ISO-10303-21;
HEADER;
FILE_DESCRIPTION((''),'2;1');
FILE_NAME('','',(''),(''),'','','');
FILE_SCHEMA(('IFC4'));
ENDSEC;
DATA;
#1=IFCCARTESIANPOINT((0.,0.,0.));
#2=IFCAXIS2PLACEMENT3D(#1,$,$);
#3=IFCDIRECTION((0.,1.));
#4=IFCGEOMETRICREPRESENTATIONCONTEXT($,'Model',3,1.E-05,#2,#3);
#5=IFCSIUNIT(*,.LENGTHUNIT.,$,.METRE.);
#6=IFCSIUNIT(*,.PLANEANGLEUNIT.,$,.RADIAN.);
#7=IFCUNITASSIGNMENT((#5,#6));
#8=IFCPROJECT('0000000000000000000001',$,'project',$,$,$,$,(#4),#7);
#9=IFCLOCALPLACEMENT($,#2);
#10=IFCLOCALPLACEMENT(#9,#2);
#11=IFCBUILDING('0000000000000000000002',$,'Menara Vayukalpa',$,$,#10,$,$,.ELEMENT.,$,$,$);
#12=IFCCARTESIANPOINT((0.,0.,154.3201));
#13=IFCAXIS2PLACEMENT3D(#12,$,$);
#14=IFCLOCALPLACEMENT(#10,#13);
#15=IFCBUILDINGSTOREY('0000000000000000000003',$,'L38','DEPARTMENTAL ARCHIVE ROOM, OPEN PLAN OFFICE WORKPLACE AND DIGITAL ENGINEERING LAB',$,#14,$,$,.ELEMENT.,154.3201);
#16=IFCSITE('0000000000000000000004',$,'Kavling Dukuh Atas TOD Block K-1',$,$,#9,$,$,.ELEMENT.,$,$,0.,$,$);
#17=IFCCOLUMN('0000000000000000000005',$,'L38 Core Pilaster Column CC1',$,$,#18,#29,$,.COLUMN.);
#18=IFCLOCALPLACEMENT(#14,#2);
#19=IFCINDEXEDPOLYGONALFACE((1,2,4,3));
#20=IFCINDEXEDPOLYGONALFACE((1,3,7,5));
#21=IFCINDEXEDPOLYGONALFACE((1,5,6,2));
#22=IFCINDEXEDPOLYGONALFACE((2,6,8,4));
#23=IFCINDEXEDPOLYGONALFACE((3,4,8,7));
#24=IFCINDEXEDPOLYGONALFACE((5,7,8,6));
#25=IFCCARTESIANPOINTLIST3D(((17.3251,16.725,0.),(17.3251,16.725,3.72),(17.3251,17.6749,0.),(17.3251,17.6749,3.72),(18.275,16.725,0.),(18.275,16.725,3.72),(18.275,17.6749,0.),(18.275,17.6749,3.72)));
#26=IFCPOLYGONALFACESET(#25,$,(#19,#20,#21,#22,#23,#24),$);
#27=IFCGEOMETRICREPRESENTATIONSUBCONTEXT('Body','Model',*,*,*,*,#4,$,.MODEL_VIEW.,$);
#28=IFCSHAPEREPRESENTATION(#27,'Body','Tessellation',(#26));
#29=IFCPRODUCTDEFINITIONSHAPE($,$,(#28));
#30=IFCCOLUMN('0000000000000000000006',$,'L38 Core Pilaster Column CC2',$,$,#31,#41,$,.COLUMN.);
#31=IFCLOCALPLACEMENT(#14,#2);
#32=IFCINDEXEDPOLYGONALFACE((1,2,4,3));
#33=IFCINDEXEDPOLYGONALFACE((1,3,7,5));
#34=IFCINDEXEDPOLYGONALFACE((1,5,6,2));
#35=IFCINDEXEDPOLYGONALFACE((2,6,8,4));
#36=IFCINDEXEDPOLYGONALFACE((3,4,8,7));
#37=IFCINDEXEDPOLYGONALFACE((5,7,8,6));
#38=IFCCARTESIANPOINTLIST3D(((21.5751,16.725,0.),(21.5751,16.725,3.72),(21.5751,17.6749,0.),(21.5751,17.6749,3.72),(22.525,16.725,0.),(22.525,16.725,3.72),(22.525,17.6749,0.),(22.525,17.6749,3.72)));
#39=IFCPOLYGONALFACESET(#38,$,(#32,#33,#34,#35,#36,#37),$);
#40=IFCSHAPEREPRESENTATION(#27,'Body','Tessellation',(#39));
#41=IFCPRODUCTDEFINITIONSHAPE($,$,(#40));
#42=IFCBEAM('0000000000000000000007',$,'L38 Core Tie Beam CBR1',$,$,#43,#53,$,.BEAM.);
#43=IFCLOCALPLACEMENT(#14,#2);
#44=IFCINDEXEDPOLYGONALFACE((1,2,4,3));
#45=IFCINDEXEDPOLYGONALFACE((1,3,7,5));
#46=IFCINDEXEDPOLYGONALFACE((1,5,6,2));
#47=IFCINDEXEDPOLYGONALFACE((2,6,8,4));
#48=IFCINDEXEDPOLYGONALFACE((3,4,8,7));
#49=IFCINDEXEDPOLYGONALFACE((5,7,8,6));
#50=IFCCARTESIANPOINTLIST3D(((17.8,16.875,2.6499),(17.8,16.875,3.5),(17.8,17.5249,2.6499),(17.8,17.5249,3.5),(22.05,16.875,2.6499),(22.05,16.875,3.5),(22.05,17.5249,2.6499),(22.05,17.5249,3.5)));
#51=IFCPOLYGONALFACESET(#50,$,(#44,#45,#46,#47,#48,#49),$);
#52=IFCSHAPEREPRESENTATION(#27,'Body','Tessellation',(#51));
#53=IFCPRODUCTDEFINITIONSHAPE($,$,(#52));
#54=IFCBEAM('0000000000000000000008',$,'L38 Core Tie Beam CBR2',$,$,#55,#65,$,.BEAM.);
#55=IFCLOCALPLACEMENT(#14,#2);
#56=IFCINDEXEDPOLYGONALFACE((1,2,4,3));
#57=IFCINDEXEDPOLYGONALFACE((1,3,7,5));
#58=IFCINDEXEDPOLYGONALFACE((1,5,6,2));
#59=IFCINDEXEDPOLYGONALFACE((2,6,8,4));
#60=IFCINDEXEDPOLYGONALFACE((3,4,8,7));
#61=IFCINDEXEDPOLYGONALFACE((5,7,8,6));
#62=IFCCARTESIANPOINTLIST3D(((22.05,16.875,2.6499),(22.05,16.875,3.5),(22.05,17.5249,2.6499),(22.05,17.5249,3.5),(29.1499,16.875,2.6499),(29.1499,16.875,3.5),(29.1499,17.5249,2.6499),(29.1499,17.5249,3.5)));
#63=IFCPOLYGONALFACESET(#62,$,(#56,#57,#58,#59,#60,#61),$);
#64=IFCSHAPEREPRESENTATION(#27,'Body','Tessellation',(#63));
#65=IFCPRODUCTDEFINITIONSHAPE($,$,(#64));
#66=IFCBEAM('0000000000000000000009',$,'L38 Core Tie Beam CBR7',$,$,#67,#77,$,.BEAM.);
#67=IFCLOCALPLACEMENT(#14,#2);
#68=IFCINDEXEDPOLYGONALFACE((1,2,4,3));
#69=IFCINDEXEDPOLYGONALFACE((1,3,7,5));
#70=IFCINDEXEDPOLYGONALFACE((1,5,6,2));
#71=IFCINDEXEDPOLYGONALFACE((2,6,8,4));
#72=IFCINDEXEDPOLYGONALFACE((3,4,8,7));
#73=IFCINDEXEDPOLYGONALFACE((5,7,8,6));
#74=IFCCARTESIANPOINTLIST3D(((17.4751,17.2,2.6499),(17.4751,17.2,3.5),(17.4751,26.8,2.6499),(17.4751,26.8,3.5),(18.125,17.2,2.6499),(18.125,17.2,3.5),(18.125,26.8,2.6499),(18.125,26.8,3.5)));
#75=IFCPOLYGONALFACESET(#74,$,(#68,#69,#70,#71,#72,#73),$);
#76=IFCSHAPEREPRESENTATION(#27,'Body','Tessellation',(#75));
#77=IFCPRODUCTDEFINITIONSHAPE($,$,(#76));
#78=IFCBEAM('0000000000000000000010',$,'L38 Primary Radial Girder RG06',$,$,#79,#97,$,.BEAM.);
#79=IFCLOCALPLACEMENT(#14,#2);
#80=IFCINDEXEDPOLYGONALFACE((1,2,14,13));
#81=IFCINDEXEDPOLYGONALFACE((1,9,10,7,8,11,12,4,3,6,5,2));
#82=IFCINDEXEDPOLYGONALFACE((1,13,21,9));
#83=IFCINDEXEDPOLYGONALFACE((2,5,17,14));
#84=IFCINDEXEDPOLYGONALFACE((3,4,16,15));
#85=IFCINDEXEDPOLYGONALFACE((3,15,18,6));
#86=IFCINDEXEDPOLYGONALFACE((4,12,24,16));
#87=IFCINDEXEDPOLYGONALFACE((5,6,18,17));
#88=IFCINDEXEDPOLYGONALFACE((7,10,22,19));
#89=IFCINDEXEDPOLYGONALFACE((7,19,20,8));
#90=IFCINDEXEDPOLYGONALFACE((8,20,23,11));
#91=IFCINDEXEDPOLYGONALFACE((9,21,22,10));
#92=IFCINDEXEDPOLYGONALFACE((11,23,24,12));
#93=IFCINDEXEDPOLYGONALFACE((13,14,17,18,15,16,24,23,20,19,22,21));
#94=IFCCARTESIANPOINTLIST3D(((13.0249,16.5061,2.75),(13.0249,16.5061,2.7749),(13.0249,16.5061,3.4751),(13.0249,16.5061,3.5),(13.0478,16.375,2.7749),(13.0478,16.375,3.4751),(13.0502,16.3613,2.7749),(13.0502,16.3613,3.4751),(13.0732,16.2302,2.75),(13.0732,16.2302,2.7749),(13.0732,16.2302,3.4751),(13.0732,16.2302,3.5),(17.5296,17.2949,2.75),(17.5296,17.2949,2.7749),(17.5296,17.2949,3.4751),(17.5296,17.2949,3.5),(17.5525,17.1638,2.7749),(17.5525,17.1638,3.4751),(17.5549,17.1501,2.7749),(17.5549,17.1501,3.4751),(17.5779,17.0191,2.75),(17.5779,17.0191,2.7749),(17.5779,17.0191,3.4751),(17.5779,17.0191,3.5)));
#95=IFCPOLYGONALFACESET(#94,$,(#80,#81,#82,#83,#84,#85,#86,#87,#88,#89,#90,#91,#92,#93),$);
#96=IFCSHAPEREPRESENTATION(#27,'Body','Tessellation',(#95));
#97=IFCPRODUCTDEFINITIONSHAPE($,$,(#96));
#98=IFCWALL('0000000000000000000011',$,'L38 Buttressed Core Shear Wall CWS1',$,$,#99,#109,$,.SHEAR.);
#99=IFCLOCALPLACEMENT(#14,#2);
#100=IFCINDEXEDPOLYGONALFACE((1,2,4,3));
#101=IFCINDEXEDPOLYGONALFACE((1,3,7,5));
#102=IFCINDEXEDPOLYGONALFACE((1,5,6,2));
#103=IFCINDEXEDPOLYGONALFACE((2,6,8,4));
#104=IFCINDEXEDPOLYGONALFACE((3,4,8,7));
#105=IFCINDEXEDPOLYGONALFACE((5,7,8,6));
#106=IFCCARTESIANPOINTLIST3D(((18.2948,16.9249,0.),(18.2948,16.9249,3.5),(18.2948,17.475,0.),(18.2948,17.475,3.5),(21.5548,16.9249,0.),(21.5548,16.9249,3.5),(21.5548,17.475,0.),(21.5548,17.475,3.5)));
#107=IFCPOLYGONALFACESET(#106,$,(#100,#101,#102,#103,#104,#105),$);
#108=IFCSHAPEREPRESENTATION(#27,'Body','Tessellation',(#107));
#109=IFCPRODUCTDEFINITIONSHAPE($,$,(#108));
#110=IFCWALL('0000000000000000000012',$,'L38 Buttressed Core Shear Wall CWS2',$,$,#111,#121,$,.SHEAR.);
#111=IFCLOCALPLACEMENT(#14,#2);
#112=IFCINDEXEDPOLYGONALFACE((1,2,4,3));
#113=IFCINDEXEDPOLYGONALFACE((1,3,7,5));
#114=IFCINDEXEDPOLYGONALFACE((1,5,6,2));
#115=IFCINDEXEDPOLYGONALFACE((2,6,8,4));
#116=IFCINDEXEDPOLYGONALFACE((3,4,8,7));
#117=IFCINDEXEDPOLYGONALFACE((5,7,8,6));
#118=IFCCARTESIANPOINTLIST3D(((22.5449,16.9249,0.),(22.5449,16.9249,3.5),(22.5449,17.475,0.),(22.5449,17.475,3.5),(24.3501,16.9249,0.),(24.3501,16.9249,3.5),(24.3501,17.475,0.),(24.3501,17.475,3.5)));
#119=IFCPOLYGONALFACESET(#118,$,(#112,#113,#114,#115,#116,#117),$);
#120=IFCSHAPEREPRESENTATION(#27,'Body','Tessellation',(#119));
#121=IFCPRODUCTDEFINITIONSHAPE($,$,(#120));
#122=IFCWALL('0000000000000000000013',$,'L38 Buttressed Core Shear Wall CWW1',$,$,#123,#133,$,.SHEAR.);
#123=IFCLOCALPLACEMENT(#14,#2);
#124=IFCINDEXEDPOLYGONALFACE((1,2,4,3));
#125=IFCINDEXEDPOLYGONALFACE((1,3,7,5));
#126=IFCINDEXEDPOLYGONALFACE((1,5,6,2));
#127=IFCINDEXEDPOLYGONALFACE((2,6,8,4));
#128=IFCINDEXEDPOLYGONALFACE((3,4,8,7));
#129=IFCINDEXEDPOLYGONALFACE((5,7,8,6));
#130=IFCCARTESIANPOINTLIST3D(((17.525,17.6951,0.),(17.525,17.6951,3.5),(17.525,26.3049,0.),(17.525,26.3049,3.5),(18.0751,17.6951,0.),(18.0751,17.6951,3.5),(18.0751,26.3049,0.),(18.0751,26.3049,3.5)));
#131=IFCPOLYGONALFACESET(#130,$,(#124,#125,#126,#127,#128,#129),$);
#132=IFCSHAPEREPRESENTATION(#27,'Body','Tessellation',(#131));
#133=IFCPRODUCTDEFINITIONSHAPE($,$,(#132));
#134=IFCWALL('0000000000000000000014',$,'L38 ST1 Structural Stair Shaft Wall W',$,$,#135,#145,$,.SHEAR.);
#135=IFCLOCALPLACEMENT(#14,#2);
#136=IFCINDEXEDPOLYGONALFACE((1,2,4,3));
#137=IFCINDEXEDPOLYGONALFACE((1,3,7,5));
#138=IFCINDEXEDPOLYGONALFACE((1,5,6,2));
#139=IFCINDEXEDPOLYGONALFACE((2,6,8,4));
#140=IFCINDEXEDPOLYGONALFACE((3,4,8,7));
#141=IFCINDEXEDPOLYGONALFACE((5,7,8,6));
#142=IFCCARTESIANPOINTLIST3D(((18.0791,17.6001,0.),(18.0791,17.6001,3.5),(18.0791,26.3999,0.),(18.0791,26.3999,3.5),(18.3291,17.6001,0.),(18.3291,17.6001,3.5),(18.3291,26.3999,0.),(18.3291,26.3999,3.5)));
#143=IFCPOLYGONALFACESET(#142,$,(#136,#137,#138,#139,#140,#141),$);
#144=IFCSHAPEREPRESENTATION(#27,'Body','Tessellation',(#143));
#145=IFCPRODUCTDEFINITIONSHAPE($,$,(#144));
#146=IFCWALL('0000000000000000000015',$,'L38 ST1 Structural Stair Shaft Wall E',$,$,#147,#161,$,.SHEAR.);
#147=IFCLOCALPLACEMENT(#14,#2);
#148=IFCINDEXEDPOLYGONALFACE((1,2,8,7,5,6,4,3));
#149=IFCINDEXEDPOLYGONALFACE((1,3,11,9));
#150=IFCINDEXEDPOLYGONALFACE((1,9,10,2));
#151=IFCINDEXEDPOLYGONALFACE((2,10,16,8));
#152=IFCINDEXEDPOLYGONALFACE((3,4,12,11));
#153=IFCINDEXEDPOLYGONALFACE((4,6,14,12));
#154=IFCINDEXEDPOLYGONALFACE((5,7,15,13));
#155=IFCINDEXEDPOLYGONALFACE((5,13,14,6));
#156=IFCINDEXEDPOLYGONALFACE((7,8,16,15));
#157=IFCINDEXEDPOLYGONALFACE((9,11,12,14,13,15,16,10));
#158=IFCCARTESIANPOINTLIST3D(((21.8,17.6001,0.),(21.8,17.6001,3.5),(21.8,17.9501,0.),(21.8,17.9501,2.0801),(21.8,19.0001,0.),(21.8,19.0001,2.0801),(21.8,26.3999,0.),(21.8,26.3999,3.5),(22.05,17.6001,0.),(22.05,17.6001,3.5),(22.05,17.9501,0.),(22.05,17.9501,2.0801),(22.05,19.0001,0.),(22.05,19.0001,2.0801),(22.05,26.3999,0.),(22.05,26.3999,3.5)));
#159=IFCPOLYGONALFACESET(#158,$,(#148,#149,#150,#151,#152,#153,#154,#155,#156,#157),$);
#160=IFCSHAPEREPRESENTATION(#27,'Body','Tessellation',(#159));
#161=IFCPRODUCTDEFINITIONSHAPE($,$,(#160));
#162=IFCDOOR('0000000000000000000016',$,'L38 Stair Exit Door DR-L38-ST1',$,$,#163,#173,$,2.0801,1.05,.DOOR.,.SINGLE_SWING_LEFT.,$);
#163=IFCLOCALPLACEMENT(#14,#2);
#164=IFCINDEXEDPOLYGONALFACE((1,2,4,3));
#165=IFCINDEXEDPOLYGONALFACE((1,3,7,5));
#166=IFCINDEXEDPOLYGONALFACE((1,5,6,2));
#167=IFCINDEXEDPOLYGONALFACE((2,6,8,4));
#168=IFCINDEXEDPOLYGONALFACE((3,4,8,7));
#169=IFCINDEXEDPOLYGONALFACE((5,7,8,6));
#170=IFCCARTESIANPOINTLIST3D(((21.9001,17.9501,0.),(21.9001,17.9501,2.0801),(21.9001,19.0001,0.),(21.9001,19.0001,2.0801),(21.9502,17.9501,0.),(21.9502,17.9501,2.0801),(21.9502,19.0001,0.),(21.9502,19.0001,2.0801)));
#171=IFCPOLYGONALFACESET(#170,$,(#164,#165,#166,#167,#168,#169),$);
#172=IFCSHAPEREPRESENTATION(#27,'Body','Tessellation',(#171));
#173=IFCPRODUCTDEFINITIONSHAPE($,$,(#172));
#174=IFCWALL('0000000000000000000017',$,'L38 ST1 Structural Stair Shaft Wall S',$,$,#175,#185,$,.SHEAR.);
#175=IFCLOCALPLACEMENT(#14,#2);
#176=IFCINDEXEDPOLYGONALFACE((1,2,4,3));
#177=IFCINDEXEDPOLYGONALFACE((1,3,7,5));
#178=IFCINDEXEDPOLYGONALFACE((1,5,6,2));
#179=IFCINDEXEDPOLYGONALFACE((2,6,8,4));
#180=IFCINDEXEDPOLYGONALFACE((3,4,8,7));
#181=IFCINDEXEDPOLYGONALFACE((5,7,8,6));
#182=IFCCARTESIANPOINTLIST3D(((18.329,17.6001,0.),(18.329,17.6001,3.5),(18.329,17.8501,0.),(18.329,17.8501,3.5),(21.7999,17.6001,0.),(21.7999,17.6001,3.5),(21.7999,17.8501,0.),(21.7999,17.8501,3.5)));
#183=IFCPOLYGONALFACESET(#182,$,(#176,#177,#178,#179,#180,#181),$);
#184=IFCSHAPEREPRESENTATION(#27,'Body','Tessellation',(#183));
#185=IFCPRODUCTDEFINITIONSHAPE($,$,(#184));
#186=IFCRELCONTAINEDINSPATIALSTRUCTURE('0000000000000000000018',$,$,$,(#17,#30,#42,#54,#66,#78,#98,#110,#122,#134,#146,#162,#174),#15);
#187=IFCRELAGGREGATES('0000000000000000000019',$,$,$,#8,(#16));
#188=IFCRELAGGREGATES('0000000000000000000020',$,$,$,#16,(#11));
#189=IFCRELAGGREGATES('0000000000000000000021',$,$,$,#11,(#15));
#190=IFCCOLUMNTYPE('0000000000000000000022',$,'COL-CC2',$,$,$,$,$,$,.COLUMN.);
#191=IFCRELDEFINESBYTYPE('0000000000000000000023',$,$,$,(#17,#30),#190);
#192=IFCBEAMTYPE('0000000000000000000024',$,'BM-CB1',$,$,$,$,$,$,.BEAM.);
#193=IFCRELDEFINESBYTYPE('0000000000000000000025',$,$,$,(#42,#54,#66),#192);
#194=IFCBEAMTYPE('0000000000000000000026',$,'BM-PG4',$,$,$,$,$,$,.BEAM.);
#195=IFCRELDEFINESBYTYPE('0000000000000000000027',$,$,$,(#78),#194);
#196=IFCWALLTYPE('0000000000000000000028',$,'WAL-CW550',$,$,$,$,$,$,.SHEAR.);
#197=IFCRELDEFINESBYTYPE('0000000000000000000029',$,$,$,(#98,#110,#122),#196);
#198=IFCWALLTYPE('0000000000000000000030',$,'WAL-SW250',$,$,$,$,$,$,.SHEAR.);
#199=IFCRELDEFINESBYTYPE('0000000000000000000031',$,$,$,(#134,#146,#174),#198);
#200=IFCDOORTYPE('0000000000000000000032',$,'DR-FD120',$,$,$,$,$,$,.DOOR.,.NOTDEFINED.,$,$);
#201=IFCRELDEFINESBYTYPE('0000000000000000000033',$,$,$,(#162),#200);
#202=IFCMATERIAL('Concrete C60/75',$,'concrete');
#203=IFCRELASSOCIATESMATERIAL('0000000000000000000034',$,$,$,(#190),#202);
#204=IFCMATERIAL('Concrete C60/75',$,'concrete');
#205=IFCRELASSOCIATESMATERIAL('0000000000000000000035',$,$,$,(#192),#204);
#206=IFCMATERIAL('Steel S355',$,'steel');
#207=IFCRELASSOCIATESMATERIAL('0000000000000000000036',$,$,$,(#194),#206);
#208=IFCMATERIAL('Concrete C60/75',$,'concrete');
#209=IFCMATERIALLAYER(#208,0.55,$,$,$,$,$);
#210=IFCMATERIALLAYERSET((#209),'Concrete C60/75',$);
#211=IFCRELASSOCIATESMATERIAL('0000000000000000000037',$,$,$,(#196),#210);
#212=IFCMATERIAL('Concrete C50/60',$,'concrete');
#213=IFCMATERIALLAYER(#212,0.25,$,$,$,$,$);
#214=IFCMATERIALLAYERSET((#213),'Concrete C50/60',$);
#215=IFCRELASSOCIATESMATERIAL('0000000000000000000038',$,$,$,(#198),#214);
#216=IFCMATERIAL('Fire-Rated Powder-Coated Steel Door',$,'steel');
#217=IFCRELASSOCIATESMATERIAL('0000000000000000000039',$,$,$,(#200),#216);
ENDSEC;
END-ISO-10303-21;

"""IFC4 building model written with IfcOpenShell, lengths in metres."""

from ifc_helpers import new_model, si_unit, direction, frame, frame_2d, origin, origin_2d, place, context, subcontext, project, spatial, rectangle, i_section, extrude, material, layer, layer_set, material_profile, profile_set, type_object, element, fill, save


model = new_model("IFC4")

# Units and contexts
model_context = context("Model", 3, precision=1e-05, world=origin(), true_north=direction((0.0, 1.0)))
body_context = subcontext(model_context, "Body", "Model", "MODEL_VIEW")
ifc_project = project(units=[si_unit("LENGTHUNIT", "METRE"), si_unit("PLANEANGLEUNIT", "RADIAN")], contexts=[model_context])

# Site, building, storey
site_placement = place(None, origin())
site = spatial("IfcSite", under=ifc_project, at=site_placement, Name="Kavling Dukuh Atas TOD Block K-1", CompositionType="ELEMENT", RefElevation=0.0)
building_placement = place(site_placement, origin())
building = spatial("IfcBuilding", under=site, at=building_placement, Name="Menara Vayukalpa", CompositionType="ELEMENT")
storey_placement = place(building_placement, frame((0.0, 0.0, 154.3201)))
storey = spatial("IfcBuildingStorey", under=building, at=storey_placement, Name="L38", Description="DEPARTMENTAL ARCHIVE ROOM, OPEN PLAN OFFICE WORKPLACE AND DIGITAL ENGINEERING LAB", CompositionType="ELEMENT", Elevation=154.3201)

# Columns
ifc_material_1 = material(Name="Concrete C60/75", Category="concrete")
ifc_material_profile_1 = material_profile(ifc_material_1, rectangle(XDim=0.95, YDim=0.95, at=origin_2d()), Name="RC 950x950")
ifc_profile_set_1 = profile_set([ifc_material_profile_1], Name="Concrete C60/75")
column_type = type_object("IfcColumnType", Name="COL-CC2", PredefinedType="COLUMN", material=ifc_profile_set_1)
for number, where, z_axis, x_axis, name in (
    (1, (17.8, 17.2, 0.0), (0.0, 0.0, 1.0), (1.0, 0.0, 0.0), "L38 Core Pilaster Column CC1"),
    (2, (22.05, 17.2, 0.0), (0.0, 0.0, 1.0), (1.0, 0.0, 0.0), "L38 Core Pilaster Column CC2"),
):
    element("IfcColumn", number, at=place(storey_placement, frame(where, z_axis=z_axis, x_axis=x_axis)), inside=storey, type_object=column_type, Name=name, PredefinedType="COLUMN", context=body_context, shape_type="SweptSolid", body=[
        extrude(rectangle(XDim=0.95, YDim=0.95, at=origin_2d()), origin(), (0.0, 0.0, 1.0), 3.72),
    ])

# Beams
ifc_material_2 = material(Name="Concrete C60/75", Category="concrete")
ifc_material_profile_2 = material_profile(ifc_material_2, rectangle(XDim=0.6499, YDim=0.8501, at=origin_2d()), Name="RC 650x850")
ifc_profile_set_2 = profile_set([ifc_material_profile_2], Name="Concrete C60/75")
beam_type_1 = type_object("IfcBeamType", Name="BM-CB1", PredefinedType="BEAM", material=ifc_profile_set_2)
beam_1_placement = place(storey_placement, frame((17.8, 17.2, 3.075), z_axis=(1.0, 0.0, 0.0), x_axis=(0.0, 1.0, 0.0)))
element("IfcBeam", 3, at=beam_1_placement, inside=storey, type_object=beam_type_1, Name="L38 Core Tie Beam CBR1", PredefinedType="BEAM", context=body_context, shape_type="SweptSolid", body=[
    extrude(rectangle(XDim=0.6499, YDim=0.8501, at=origin_2d()), origin(), (0.0, 0.0, 1.0), 4.25),
])
beam_2_placement = place(storey_placement, frame((22.05, 17.2, 3.075), z_axis=(1.0, 0.0, 0.0), x_axis=(0.0, 1.0, 0.0)))
element("IfcBeam", 4, at=beam_2_placement, inside=storey, type_object=beam_type_1, Name="L38 Core Tie Beam CBR2", PredefinedType="BEAM", context=body_context, shape_type="SweptSolid", body=[
    extrude(rectangle(XDim=0.6499, YDim=0.8501, at=origin_2d()), origin(), (0.0, 0.0, 1.0), 7.0999),
])
beam_3_placement = place(storey_placement, frame((17.8, 17.2, 3.075), z_axis=(0.0, 1.0, 0.0), x_axis=(-1.0, 0.0, 0.0)))
element("IfcBeam", 5, at=beam_3_placement, inside=storey, type_object=beam_type_1, Name="L38 Core Tie Beam CBR7", PredefinedType="BEAM", context=body_context, shape_type="SweptSolid", body=[
    extrude(rectangle(XDim=0.6499, YDim=0.8501, at=origin_2d()), origin(), (0.0, 0.0, 1.0), 9.6001),
])
ifc_material_3 = material(Name="Steel S355", Category="steel")
ifc_material_profile_3 = material_profile(ifc_material_3, i_section(OverallWidth=0.28, OverallDepth=0.75, WebThickness=0.0139, FlangeThickness=0.0249, at=origin_2d()), Name="WF 750x280x14x25")
ifc_profile_set_3 = profile_set([ifc_material_profile_3], Name="Steel S355")
beam_type_2 = type_object("IfcBeamType", Name="BM-PG4", PredefinedType="BEAM", material=ifc_profile_set_3)
beam_4_placement = place(storey_placement, frame((17.5537, 17.157, 3.125), z_axis=(-0.985012, -0.172488, 0.0), x_axis=(0.172488, -0.985012, 0.0)))
element("IfcBeam", 6, at=beam_4_placement, inside=storey, type_object=beam_type_2, Name="L38 Primary Radial Girder RG06", PredefinedType="BEAM", context=body_context, shape_type="SweptSolid", body=[
    extrude(i_section(OverallWidth=0.28, OverallDepth=0.75, WebThickness=0.0139, FlangeThickness=0.0249, at=origin_2d()), origin(), (0.0, 0.0, 1.0), 4.5732),
])

# Walls
ifc_material_4 = material(Name="Concrete C60/75", Category="concrete")
ifc_layer_1 = layer(ifc_material_4, 0.55)
ifc_layer_set_1 = layer_set([ifc_layer_1], Name="Concrete C60/75")
wall_type_1 = type_object("IfcWallType", Name="WAL-CW550", PredefinedType="SHEAR", material=ifc_layer_set_1)
wall_1_placement = place(storey_placement, frame((18.2949, 17.2, 0.0), z_axis=(0.0, 0.0, 1.0), x_axis=(1.0, 0.0, 0.0)))
element("IfcWall", 7, at=wall_1_placement, inside=storey, type_object=wall_type_1, Name="L38 Buttressed Core Shear Wall CWS1", PredefinedType="SHEAR", context=body_context, shape_type="SweptSolid", body=[
    extrude(rectangle(XDim=3.26, YDim=0.55, at=frame_2d((1.6299, 0.0))), origin(), (0.0, 0.0, 1.0), 3.5),
])
wall_2_placement = place(storey_placement, frame((22.5449, 17.2, 0.0), z_axis=(0.0, 0.0, 1.0), x_axis=(1.0, 0.0, 0.0)))
element("IfcWall", 8, at=wall_2_placement, inside=storey, type_object=wall_type_1, Name="L38 Buttressed Core Shear Wall CWS2", PredefinedType="SHEAR", context=body_context, shape_type="SweptSolid", body=[
    extrude(rectangle(XDim=1.8052, YDim=0.55, at=frame_2d((0.9026, 0.0))), origin(), (0.0, 0.0, 1.0), 3.5),
])
wall_3_placement = place(storey_placement, frame((17.8, 17.6951, 0.0), z_axis=(0.0, 0.0, 1.0), x_axis=(0.0, 1.0, 0.0)))
element("IfcWall", 9, at=wall_3_placement, inside=storey, type_object=wall_type_1, Name="L38 Buttressed Core Shear Wall CWW1", PredefinedType="SHEAR", context=body_context, shape_type="SweptSolid", body=[
    extrude(rectangle(XDim=8.6099, YDim=0.55, at=frame_2d((4.3049, 0.0))), origin(), (0.0, 0.0, 1.0), 3.5),
])
ifc_material_5 = material(Name="Concrete C50/60", Category="concrete")
ifc_layer_2 = layer(ifc_material_5, 0.25)
ifc_layer_set_2 = layer_set([ifc_layer_2], Name="Concrete C50/60")
wall_type_2 = type_object("IfcWallType", Name="WAL-SW250", PredefinedType="SHEAR", material=ifc_layer_set_2)
wall_4_placement = place(storey_placement, frame((18.2041, 17.6001, 0.0), z_axis=(0.0, 0.0, 1.0), x_axis=(0.0, 1.0, 0.0)))
element("IfcWall", 10, at=wall_4_placement, inside=storey, type_object=wall_type_2, Name="L38 ST1 Structural Stair Shaft Wall W", PredefinedType="SHEAR", context=body_context, shape_type="SweptSolid", body=[
    extrude(rectangle(XDim=8.7998, YDim=0.25, at=frame_2d((4.3999, 0.0))), origin(), (0.0, 0.0, 1.0), 3.5),
])

# Wall, opening, door
wall_5_placement = place(storey_placement, frame((21.925, 17.6001, 0.0), z_axis=(0.0, 0.0, 1.0), x_axis=(0.0, 1.0, 0.0)))
wall_5 = element("IfcWall", 11, at=wall_5_placement, inside=storey, type_object=wall_type_2, Name="L38 ST1 Structural Stair Shaft Wall E", PredefinedType="SHEAR", context=body_context, shape_type="SweptSolid", body=[
    extrude(rectangle(XDim=8.7998, YDim=0.25, at=frame_2d((4.3999, 0.0))), origin(), (0.0, 0.0, 1.0), 3.5),
])
opening_placement = place(wall_5_placement, frame((0.3501, 0.0, 0.0)))
opening = element("IfcOpeningElement", 12, at=opening_placement, cuts=wall_5, PredefinedType="OPENING", context=body_context, shape_type="SweptSolid", body=[
    extrude(rectangle(XDim=1.05, YDim=2.0801, at=frame_2d((0.5249, 1.04))), frame((0.0, 0.135, 0.0), z_axis=(0.0, -1.0, 0.0), x_axis=(1.0, 0.0, 0.0)), (0.0, 0.0, 1.0), 0.27),
])
ifc_material_6 = material(Name="Fire-Rated Powder-Coated Steel Door", Category="steel")
door_type = type_object("IfcDoorType", Name="DR-FD120", OperationType="NOTDEFINED", PredefinedType="DOOR", material=ifc_material_6)
door_placement = place(opening_placement, origin())
door = element("IfcDoor", 13, at=door_placement, inside=storey, type_object=door_type, Name="L38 Stair Exit Door DR-L38-ST1", OperationType="SINGLE_SWING_LEFT", OverallHeight=2.0801, OverallWidth=1.05, PredefinedType="DOOR", context=body_context, shape_type="SweptSolid", body=[
    extrude(rectangle(XDim=1.05, YDim=2.0801, at=frame_2d((0.5249, 1.04))), frame((0.0, 0.0249, 0.0), z_axis=(0.0, -1.0, 0.0), x_axis=(1.0, 0.0, 0.0)), (0.0, 0.0, 1.0), 0.05),
])
fill(opening, door)

# Wall
wall_6_placement = place(storey_placement, frame((18.3291, 17.7251, 0.0), z_axis=(0.0, 0.0, 1.0), x_axis=(1.0, 0.0, 0.0)))
element("IfcWall", 14, at=wall_6_placement, inside=storey, type_object=wall_type_2, Name="L38 ST1 Structural Stair Shaft Wall S", PredefinedType="SHEAR", context=body_context, shape_type="SweptSolid", body=[
    extrude(rectangle(XDim=3.4709, YDim=0.25, at=frame_2d((1.7354, 0.0))), origin(), (0.0, 0.0, 1.0), 3.5),
])

save(model, "model.ifc")
